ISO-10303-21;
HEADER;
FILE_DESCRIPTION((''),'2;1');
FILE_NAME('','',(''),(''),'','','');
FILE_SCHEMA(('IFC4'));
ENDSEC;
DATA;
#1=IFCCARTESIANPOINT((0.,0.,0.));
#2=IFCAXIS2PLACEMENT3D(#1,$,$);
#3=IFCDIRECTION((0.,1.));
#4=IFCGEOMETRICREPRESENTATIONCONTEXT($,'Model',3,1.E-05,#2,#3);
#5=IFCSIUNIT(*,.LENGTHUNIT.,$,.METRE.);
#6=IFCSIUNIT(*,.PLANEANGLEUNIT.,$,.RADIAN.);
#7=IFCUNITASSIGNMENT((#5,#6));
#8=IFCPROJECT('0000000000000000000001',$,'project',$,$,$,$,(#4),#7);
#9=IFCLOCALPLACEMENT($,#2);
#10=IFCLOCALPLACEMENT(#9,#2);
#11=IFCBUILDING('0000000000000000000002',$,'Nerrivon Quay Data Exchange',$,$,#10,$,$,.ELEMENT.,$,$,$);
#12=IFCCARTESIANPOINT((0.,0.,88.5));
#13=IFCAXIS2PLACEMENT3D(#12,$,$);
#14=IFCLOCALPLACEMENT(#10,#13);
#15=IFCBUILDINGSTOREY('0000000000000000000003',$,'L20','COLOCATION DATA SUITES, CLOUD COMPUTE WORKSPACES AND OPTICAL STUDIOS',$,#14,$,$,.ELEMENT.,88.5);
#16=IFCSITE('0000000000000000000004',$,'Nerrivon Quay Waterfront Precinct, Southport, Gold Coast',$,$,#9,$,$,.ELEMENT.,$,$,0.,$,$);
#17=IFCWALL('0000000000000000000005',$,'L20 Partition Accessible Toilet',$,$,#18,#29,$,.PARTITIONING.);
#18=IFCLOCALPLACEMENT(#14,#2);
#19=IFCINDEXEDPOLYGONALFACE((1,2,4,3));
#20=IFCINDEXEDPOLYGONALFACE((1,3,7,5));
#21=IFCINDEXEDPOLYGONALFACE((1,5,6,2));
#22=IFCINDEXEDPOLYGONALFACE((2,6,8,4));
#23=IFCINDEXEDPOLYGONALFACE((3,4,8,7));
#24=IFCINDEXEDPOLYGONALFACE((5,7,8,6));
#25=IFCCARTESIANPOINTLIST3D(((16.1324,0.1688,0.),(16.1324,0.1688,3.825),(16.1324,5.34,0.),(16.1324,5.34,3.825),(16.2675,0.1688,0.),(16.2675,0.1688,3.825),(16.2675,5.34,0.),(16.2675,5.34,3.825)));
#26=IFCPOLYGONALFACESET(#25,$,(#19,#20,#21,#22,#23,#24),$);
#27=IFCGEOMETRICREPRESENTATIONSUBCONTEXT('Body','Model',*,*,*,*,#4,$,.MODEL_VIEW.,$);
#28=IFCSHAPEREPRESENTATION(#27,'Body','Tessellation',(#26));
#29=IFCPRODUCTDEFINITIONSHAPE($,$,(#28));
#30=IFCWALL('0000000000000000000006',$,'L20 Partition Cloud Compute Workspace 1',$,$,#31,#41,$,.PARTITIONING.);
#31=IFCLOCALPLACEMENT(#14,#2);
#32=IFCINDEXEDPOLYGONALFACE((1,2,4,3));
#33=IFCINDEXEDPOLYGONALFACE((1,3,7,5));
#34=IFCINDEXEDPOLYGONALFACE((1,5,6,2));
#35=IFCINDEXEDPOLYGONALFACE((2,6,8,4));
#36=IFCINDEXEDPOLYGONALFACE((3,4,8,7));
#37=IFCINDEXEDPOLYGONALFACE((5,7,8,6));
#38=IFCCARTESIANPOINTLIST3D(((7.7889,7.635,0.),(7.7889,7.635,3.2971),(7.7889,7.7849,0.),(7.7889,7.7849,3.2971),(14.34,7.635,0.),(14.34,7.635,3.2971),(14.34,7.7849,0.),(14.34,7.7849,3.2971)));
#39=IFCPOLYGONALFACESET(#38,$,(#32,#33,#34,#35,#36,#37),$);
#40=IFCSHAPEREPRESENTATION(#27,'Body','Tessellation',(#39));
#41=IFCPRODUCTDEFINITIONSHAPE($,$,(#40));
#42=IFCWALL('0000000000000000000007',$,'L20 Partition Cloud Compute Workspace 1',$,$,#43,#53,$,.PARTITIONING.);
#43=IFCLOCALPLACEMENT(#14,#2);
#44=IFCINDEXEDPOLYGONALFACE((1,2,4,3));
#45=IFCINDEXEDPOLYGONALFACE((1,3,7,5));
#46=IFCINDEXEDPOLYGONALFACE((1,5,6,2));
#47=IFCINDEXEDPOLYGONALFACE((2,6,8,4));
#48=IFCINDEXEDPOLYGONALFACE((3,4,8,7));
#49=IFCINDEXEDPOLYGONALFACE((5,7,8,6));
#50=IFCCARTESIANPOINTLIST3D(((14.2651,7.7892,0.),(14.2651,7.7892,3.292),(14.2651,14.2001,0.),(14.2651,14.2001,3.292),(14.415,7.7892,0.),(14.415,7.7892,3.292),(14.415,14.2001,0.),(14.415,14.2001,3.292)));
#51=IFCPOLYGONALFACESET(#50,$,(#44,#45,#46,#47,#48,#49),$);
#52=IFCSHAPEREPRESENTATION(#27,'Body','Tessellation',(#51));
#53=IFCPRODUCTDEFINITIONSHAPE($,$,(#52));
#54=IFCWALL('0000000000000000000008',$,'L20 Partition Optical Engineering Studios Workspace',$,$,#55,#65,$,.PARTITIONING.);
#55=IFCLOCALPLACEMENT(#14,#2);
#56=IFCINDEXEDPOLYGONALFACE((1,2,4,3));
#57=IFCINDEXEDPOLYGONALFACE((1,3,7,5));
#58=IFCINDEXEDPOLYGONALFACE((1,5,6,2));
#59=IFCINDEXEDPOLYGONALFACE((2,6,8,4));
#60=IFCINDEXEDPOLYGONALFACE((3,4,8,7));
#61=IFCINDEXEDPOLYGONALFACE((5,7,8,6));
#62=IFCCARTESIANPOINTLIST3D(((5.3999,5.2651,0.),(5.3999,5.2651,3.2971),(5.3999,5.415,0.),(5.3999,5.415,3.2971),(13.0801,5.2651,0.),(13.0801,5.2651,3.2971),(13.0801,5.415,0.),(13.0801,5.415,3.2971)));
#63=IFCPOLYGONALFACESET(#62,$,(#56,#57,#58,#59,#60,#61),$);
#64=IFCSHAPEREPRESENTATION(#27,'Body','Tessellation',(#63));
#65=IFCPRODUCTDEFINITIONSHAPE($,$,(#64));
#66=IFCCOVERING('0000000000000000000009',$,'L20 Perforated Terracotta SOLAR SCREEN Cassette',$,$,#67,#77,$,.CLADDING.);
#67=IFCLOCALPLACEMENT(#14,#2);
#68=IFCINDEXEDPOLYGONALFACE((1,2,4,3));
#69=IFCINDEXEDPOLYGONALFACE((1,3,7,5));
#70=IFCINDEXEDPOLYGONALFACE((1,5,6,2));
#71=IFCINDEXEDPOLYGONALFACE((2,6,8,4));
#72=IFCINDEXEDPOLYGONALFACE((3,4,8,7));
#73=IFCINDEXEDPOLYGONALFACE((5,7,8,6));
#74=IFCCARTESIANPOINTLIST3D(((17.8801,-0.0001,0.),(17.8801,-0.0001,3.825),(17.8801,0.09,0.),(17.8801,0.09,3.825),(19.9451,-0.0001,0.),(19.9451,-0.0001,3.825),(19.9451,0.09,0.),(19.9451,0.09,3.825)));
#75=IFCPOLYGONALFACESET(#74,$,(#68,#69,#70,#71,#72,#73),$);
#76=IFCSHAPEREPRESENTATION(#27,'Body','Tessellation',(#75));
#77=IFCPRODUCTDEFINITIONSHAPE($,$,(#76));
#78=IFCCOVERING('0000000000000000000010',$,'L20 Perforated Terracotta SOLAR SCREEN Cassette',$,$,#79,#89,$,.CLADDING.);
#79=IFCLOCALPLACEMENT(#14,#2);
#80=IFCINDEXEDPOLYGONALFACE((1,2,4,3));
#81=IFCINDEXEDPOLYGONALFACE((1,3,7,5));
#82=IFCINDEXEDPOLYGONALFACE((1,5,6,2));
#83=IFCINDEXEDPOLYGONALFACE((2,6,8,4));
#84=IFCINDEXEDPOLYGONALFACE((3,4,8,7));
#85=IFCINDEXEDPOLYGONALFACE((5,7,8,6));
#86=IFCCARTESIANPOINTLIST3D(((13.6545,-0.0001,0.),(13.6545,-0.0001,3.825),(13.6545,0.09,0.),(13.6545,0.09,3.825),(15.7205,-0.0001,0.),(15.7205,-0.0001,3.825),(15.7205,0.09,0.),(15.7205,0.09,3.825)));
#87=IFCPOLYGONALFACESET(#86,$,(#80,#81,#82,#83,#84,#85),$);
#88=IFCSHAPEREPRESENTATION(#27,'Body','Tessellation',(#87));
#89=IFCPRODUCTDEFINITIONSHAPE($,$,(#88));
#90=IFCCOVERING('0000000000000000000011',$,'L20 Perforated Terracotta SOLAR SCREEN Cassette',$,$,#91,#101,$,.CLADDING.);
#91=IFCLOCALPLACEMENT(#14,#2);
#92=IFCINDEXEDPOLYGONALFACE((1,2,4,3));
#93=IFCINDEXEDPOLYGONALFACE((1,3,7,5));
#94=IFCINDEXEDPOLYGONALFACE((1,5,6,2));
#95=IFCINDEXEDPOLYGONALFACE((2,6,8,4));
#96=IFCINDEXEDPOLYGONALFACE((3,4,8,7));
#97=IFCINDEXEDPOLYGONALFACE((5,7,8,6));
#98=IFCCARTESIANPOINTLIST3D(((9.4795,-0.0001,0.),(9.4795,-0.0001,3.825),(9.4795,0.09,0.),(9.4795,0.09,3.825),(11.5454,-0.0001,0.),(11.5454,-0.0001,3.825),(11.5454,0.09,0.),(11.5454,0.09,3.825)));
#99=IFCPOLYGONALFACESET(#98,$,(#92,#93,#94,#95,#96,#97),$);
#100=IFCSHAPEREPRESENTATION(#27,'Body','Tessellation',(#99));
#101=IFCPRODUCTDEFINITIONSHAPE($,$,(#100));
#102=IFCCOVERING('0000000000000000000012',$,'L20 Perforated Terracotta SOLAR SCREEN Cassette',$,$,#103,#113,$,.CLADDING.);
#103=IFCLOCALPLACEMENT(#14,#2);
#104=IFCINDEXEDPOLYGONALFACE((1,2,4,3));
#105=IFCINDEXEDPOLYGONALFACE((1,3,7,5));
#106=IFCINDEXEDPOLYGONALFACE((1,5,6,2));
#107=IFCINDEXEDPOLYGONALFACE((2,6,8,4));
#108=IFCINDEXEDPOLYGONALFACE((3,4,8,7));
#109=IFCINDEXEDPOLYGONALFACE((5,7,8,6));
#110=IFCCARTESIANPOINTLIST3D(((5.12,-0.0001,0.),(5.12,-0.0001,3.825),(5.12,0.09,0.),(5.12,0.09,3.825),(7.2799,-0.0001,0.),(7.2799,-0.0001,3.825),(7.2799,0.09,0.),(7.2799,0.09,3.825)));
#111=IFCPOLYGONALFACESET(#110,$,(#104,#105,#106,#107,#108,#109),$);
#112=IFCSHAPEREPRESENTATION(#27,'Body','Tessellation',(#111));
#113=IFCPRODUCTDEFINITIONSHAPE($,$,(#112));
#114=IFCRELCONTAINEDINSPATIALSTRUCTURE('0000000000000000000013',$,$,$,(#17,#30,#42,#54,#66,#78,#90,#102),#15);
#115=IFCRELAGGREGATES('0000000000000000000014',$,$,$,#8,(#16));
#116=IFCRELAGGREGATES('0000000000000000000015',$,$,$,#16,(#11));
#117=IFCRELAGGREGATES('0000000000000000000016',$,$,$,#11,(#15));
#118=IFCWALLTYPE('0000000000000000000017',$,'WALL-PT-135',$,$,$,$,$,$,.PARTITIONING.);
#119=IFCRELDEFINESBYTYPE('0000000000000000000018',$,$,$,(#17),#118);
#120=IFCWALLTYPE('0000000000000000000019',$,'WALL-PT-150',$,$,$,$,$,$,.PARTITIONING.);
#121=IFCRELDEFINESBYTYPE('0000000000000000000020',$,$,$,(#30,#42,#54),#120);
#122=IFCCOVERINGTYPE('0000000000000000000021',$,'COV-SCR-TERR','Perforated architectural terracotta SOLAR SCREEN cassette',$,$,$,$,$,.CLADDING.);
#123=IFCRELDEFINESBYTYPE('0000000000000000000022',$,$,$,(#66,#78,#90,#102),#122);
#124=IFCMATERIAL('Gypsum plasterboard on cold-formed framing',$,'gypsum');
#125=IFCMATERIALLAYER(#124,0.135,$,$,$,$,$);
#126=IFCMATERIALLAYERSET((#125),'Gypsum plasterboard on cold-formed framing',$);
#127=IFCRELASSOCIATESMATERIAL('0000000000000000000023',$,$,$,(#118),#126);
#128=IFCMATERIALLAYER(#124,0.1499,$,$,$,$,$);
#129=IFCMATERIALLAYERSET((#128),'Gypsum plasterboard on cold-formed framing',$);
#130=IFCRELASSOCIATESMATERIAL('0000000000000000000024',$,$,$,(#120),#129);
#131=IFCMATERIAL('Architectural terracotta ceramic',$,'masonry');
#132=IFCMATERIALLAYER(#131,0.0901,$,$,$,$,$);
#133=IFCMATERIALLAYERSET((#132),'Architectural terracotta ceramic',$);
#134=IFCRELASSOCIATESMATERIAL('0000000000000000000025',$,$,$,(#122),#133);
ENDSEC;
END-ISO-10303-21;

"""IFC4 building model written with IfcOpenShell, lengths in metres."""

from ifc_helpers import new_model, si_unit, direction, frame, frame_2d, origin, origin_2d, place, context, subcontext, project, spatial, rectangle, extrude, material, layer, layer_set, type_object, element, save


model = new_model("IFC4")

# Units and contexts
model_context = context("Model", 3, precision=1e-05, world=origin(), true_north=direction((0.0, 1.0)))
body_context = subcontext(model_context, "Body", "Model", "MODEL_VIEW")
ifc_project = project(units=[si_unit("LENGTHUNIT", "METRE"), si_unit("PLANEANGLEUNIT", "RADIAN")], contexts=[model_context])

# Site, building, storey
site_placement = place(None, origin())
site = spatial("IfcSite", under=ifc_project, at=site_placement, Name="Nerrivon Quay Waterfront Precinct, Southport, Gold Coast", CompositionType="ELEMENT", RefElevation=0.0)
building_placement = place(site_placement, origin())
building = spatial("IfcBuilding", under=site, at=building_placement, Name="Nerrivon Quay Data Exchange", CompositionType="ELEMENT")
storey_placement = place(building_placement, frame((0.0, 0.0, 88.5)))
storey = spatial("IfcBuildingStorey", under=building, at=storey_placement, Name="L20", Description="COLOCATION DATA SUITES, CLOUD COMPUTE WORKSPACES AND OPTICAL STUDIOS", CompositionType="ELEMENT", Elevation=88.5)

# Shared definitions
ifc_material_1 = material(Name="Gypsum plasterboard on cold-formed framing", Category="gypsum")

# Walls
ifc_layer_1 = layer(ifc_material_1, 0.135)
ifc_layer_set_1 = layer_set([ifc_layer_1], Name="Gypsum plasterboard on cold-formed framing")
wall_type_1 = type_object("IfcWallType", Name="WALL-PT-135", PredefinedType="PARTITIONING", material=ifc_layer_set_1)
for number, where, z_axis, x_axis, name in (
    (1, (16.2, 0.1689, 0.0), (0.0, 0.0, 1.0), (0.0, 1.0, 0.0), "L20 Partition Accessible Toilet"),
):
    element("IfcWall", number, at=place(storey_placement, frame(where, z_axis=z_axis, x_axis=x_axis)), inside=storey, type_object=wall_type_1, Name=name, PredefinedType="PARTITIONING", context=body_context, shape_type="SweptSolid", body=[
        extrude(rectangle(XDim=5.1711, YDim=0.135, at=frame_2d((2.5854, 0.0))), origin(), (0.0, 0.0, 1.0), 3.825),
    ])
ifc_layer_2 = layer(ifc_material_1, 0.1499)
ifc_layer_set_2 = layer_set([ifc_layer_2], Name="Gypsum plasterboard on cold-formed framing")
wall_type_2 = type_object("IfcWallType", Name="WALL-PT-150", PredefinedType="PARTITIONING", material=ifc_layer_set_2)
wall_1_placement = place(storey_placement, frame((7.7891, 7.71, 0.0), z_axis=(0.0, 0.0, 1.0), x_axis=(1.0, 0.0, 0.0)))
element("IfcWall", 2, at=wall_1_placement, inside=storey, type_object=wall_type_2, Name="L20 Partition Cloud Compute Workspace 1", PredefinedType="PARTITIONING", context=body_context, shape_type="SweptSolid", body=[
    extrude(rectangle(XDim=6.551, YDim=0.1499, at=frame_2d((3.2754, 0.0))), origin(), (0.0, 0.0, 1.0), 3.2971),
])
wall_2_placement = place(storey_placement, frame((14.3401, 7.7891, 0.0), z_axis=(0.0, 0.0, 1.0), x_axis=(0.0, 1.0, 0.0)))
element("IfcWall", 3, at=wall_2_placement, inside=storey, type_object=wall_type_2, Name="L20 Partition Cloud Compute Workspace 1", PredefinedType="PARTITIONING", context=body_context, shape_type="SweptSolid", body=[
    extrude(rectangle(XDim=6.4109, YDim=0.1499, at=frame_2d((3.2056, 0.0))), origin(), (0.0, 0.0, 1.0), 3.292),
])
wall_3_placement = place(storey_placement, frame((13.0801, 5.3401, 0.0), z_axis=(0.0, 0.0, 1.0), x_axis=(-1.0, 0.0, 0.0)))
element("IfcWall", 4, at=wall_3_placement, inside=storey, type_object=wall_type_2, Name="L20 Partition Optical Engineering Studios Workspace", PredefinedType="PARTITIONING", context=body_context, shape_type="SweptSolid", body=[
    extrude(rectangle(XDim=7.6802, YDim=0.1499, at=frame_2d((3.8401, 0.0))), origin(), (0.0, 0.0, 1.0), 3.2971),
])

# Coverings
ifc_material_2 = material(Name="Architectural terracotta ceramic", Category="masonry")
ifc_layer_3 = layer(ifc_material_2, 0.0901)
ifc_layer_set_3 = layer_set([ifc_layer_3], Name="Architectural terracotta ceramic")
covering_type = type_object("IfcCoveringType", Name="COV-SCR-TERR", Description="Perforated architectural terracotta SOLAR SCREEN cassette", PredefinedType="CLADDING", material=ifc_layer_set_3)
covering_1_placement = place(storey_placement, frame((18.9126, 0.0449, 0.0), z_axis=(0.0, 0.0, 1.0), x_axis=(-1.0, 0.0, 0.0)))
element("IfcCovering", 5, at=covering_1_placement, inside=storey, type_object=covering_type, Name="L20 Perforated Terracotta SOLAR SCREEN Cassette", PredefinedType="CLADDING", context=body_context, shape_type="SweptSolid", body=[
    extrude(rectangle(XDim=2.0649, YDim=0.0901, at=origin_2d()), origin(), (0.0, 0.0, 1.0), 3.825),
])
for number, where, z_axis, x_axis, name in (
    (6, (14.6875, 0.0449, 0.0), (0.0, 0.0, 1.0), (-1.0, 0.0, 0.0), "L20 Perforated Terracotta SOLAR SCREEN Cassette"),
    (7, (10.5125, 0.0449, 0.0), (0.0, 0.0, 1.0), (-1.0, 0.0, 0.0), "L20 Perforated Terracotta SOLAR SCREEN Cassette"),
):
    element("IfcCovering", number, at=place(storey_placement, frame(where, z_axis=z_axis, x_axis=x_axis)), inside=storey, type_object=covering_type, Name=name, PredefinedType="CLADDING", context=body_context, shape_type="SweptSolid", body=[
        extrude(rectangle(XDim=2.0659, YDim=0.0901, at=origin_2d()), origin(), (0.0, 0.0, 1.0), 3.825),
    ])
covering_2_placement = place(storey_placement, frame((6.2, 0.0449, 0.0), z_axis=(0.0, 0.0, 1.0), x_axis=(-1.0, 0.0, 0.0)))
element("IfcCovering", 8, at=covering_2_placement, inside=storey, type_object=covering_type, Name="L20 Perforated Terracotta SOLAR SCREEN Cassette", PredefinedType="CLADDING", context=body_context, shape_type="SweptSolid", body=[
    extrude(rectangle(XDim=2.1599, YDim=0.0901, at=origin_2d()), origin(), (0.0, 0.0, 1.0), 3.825),
])

save(model, "model.ifc")
